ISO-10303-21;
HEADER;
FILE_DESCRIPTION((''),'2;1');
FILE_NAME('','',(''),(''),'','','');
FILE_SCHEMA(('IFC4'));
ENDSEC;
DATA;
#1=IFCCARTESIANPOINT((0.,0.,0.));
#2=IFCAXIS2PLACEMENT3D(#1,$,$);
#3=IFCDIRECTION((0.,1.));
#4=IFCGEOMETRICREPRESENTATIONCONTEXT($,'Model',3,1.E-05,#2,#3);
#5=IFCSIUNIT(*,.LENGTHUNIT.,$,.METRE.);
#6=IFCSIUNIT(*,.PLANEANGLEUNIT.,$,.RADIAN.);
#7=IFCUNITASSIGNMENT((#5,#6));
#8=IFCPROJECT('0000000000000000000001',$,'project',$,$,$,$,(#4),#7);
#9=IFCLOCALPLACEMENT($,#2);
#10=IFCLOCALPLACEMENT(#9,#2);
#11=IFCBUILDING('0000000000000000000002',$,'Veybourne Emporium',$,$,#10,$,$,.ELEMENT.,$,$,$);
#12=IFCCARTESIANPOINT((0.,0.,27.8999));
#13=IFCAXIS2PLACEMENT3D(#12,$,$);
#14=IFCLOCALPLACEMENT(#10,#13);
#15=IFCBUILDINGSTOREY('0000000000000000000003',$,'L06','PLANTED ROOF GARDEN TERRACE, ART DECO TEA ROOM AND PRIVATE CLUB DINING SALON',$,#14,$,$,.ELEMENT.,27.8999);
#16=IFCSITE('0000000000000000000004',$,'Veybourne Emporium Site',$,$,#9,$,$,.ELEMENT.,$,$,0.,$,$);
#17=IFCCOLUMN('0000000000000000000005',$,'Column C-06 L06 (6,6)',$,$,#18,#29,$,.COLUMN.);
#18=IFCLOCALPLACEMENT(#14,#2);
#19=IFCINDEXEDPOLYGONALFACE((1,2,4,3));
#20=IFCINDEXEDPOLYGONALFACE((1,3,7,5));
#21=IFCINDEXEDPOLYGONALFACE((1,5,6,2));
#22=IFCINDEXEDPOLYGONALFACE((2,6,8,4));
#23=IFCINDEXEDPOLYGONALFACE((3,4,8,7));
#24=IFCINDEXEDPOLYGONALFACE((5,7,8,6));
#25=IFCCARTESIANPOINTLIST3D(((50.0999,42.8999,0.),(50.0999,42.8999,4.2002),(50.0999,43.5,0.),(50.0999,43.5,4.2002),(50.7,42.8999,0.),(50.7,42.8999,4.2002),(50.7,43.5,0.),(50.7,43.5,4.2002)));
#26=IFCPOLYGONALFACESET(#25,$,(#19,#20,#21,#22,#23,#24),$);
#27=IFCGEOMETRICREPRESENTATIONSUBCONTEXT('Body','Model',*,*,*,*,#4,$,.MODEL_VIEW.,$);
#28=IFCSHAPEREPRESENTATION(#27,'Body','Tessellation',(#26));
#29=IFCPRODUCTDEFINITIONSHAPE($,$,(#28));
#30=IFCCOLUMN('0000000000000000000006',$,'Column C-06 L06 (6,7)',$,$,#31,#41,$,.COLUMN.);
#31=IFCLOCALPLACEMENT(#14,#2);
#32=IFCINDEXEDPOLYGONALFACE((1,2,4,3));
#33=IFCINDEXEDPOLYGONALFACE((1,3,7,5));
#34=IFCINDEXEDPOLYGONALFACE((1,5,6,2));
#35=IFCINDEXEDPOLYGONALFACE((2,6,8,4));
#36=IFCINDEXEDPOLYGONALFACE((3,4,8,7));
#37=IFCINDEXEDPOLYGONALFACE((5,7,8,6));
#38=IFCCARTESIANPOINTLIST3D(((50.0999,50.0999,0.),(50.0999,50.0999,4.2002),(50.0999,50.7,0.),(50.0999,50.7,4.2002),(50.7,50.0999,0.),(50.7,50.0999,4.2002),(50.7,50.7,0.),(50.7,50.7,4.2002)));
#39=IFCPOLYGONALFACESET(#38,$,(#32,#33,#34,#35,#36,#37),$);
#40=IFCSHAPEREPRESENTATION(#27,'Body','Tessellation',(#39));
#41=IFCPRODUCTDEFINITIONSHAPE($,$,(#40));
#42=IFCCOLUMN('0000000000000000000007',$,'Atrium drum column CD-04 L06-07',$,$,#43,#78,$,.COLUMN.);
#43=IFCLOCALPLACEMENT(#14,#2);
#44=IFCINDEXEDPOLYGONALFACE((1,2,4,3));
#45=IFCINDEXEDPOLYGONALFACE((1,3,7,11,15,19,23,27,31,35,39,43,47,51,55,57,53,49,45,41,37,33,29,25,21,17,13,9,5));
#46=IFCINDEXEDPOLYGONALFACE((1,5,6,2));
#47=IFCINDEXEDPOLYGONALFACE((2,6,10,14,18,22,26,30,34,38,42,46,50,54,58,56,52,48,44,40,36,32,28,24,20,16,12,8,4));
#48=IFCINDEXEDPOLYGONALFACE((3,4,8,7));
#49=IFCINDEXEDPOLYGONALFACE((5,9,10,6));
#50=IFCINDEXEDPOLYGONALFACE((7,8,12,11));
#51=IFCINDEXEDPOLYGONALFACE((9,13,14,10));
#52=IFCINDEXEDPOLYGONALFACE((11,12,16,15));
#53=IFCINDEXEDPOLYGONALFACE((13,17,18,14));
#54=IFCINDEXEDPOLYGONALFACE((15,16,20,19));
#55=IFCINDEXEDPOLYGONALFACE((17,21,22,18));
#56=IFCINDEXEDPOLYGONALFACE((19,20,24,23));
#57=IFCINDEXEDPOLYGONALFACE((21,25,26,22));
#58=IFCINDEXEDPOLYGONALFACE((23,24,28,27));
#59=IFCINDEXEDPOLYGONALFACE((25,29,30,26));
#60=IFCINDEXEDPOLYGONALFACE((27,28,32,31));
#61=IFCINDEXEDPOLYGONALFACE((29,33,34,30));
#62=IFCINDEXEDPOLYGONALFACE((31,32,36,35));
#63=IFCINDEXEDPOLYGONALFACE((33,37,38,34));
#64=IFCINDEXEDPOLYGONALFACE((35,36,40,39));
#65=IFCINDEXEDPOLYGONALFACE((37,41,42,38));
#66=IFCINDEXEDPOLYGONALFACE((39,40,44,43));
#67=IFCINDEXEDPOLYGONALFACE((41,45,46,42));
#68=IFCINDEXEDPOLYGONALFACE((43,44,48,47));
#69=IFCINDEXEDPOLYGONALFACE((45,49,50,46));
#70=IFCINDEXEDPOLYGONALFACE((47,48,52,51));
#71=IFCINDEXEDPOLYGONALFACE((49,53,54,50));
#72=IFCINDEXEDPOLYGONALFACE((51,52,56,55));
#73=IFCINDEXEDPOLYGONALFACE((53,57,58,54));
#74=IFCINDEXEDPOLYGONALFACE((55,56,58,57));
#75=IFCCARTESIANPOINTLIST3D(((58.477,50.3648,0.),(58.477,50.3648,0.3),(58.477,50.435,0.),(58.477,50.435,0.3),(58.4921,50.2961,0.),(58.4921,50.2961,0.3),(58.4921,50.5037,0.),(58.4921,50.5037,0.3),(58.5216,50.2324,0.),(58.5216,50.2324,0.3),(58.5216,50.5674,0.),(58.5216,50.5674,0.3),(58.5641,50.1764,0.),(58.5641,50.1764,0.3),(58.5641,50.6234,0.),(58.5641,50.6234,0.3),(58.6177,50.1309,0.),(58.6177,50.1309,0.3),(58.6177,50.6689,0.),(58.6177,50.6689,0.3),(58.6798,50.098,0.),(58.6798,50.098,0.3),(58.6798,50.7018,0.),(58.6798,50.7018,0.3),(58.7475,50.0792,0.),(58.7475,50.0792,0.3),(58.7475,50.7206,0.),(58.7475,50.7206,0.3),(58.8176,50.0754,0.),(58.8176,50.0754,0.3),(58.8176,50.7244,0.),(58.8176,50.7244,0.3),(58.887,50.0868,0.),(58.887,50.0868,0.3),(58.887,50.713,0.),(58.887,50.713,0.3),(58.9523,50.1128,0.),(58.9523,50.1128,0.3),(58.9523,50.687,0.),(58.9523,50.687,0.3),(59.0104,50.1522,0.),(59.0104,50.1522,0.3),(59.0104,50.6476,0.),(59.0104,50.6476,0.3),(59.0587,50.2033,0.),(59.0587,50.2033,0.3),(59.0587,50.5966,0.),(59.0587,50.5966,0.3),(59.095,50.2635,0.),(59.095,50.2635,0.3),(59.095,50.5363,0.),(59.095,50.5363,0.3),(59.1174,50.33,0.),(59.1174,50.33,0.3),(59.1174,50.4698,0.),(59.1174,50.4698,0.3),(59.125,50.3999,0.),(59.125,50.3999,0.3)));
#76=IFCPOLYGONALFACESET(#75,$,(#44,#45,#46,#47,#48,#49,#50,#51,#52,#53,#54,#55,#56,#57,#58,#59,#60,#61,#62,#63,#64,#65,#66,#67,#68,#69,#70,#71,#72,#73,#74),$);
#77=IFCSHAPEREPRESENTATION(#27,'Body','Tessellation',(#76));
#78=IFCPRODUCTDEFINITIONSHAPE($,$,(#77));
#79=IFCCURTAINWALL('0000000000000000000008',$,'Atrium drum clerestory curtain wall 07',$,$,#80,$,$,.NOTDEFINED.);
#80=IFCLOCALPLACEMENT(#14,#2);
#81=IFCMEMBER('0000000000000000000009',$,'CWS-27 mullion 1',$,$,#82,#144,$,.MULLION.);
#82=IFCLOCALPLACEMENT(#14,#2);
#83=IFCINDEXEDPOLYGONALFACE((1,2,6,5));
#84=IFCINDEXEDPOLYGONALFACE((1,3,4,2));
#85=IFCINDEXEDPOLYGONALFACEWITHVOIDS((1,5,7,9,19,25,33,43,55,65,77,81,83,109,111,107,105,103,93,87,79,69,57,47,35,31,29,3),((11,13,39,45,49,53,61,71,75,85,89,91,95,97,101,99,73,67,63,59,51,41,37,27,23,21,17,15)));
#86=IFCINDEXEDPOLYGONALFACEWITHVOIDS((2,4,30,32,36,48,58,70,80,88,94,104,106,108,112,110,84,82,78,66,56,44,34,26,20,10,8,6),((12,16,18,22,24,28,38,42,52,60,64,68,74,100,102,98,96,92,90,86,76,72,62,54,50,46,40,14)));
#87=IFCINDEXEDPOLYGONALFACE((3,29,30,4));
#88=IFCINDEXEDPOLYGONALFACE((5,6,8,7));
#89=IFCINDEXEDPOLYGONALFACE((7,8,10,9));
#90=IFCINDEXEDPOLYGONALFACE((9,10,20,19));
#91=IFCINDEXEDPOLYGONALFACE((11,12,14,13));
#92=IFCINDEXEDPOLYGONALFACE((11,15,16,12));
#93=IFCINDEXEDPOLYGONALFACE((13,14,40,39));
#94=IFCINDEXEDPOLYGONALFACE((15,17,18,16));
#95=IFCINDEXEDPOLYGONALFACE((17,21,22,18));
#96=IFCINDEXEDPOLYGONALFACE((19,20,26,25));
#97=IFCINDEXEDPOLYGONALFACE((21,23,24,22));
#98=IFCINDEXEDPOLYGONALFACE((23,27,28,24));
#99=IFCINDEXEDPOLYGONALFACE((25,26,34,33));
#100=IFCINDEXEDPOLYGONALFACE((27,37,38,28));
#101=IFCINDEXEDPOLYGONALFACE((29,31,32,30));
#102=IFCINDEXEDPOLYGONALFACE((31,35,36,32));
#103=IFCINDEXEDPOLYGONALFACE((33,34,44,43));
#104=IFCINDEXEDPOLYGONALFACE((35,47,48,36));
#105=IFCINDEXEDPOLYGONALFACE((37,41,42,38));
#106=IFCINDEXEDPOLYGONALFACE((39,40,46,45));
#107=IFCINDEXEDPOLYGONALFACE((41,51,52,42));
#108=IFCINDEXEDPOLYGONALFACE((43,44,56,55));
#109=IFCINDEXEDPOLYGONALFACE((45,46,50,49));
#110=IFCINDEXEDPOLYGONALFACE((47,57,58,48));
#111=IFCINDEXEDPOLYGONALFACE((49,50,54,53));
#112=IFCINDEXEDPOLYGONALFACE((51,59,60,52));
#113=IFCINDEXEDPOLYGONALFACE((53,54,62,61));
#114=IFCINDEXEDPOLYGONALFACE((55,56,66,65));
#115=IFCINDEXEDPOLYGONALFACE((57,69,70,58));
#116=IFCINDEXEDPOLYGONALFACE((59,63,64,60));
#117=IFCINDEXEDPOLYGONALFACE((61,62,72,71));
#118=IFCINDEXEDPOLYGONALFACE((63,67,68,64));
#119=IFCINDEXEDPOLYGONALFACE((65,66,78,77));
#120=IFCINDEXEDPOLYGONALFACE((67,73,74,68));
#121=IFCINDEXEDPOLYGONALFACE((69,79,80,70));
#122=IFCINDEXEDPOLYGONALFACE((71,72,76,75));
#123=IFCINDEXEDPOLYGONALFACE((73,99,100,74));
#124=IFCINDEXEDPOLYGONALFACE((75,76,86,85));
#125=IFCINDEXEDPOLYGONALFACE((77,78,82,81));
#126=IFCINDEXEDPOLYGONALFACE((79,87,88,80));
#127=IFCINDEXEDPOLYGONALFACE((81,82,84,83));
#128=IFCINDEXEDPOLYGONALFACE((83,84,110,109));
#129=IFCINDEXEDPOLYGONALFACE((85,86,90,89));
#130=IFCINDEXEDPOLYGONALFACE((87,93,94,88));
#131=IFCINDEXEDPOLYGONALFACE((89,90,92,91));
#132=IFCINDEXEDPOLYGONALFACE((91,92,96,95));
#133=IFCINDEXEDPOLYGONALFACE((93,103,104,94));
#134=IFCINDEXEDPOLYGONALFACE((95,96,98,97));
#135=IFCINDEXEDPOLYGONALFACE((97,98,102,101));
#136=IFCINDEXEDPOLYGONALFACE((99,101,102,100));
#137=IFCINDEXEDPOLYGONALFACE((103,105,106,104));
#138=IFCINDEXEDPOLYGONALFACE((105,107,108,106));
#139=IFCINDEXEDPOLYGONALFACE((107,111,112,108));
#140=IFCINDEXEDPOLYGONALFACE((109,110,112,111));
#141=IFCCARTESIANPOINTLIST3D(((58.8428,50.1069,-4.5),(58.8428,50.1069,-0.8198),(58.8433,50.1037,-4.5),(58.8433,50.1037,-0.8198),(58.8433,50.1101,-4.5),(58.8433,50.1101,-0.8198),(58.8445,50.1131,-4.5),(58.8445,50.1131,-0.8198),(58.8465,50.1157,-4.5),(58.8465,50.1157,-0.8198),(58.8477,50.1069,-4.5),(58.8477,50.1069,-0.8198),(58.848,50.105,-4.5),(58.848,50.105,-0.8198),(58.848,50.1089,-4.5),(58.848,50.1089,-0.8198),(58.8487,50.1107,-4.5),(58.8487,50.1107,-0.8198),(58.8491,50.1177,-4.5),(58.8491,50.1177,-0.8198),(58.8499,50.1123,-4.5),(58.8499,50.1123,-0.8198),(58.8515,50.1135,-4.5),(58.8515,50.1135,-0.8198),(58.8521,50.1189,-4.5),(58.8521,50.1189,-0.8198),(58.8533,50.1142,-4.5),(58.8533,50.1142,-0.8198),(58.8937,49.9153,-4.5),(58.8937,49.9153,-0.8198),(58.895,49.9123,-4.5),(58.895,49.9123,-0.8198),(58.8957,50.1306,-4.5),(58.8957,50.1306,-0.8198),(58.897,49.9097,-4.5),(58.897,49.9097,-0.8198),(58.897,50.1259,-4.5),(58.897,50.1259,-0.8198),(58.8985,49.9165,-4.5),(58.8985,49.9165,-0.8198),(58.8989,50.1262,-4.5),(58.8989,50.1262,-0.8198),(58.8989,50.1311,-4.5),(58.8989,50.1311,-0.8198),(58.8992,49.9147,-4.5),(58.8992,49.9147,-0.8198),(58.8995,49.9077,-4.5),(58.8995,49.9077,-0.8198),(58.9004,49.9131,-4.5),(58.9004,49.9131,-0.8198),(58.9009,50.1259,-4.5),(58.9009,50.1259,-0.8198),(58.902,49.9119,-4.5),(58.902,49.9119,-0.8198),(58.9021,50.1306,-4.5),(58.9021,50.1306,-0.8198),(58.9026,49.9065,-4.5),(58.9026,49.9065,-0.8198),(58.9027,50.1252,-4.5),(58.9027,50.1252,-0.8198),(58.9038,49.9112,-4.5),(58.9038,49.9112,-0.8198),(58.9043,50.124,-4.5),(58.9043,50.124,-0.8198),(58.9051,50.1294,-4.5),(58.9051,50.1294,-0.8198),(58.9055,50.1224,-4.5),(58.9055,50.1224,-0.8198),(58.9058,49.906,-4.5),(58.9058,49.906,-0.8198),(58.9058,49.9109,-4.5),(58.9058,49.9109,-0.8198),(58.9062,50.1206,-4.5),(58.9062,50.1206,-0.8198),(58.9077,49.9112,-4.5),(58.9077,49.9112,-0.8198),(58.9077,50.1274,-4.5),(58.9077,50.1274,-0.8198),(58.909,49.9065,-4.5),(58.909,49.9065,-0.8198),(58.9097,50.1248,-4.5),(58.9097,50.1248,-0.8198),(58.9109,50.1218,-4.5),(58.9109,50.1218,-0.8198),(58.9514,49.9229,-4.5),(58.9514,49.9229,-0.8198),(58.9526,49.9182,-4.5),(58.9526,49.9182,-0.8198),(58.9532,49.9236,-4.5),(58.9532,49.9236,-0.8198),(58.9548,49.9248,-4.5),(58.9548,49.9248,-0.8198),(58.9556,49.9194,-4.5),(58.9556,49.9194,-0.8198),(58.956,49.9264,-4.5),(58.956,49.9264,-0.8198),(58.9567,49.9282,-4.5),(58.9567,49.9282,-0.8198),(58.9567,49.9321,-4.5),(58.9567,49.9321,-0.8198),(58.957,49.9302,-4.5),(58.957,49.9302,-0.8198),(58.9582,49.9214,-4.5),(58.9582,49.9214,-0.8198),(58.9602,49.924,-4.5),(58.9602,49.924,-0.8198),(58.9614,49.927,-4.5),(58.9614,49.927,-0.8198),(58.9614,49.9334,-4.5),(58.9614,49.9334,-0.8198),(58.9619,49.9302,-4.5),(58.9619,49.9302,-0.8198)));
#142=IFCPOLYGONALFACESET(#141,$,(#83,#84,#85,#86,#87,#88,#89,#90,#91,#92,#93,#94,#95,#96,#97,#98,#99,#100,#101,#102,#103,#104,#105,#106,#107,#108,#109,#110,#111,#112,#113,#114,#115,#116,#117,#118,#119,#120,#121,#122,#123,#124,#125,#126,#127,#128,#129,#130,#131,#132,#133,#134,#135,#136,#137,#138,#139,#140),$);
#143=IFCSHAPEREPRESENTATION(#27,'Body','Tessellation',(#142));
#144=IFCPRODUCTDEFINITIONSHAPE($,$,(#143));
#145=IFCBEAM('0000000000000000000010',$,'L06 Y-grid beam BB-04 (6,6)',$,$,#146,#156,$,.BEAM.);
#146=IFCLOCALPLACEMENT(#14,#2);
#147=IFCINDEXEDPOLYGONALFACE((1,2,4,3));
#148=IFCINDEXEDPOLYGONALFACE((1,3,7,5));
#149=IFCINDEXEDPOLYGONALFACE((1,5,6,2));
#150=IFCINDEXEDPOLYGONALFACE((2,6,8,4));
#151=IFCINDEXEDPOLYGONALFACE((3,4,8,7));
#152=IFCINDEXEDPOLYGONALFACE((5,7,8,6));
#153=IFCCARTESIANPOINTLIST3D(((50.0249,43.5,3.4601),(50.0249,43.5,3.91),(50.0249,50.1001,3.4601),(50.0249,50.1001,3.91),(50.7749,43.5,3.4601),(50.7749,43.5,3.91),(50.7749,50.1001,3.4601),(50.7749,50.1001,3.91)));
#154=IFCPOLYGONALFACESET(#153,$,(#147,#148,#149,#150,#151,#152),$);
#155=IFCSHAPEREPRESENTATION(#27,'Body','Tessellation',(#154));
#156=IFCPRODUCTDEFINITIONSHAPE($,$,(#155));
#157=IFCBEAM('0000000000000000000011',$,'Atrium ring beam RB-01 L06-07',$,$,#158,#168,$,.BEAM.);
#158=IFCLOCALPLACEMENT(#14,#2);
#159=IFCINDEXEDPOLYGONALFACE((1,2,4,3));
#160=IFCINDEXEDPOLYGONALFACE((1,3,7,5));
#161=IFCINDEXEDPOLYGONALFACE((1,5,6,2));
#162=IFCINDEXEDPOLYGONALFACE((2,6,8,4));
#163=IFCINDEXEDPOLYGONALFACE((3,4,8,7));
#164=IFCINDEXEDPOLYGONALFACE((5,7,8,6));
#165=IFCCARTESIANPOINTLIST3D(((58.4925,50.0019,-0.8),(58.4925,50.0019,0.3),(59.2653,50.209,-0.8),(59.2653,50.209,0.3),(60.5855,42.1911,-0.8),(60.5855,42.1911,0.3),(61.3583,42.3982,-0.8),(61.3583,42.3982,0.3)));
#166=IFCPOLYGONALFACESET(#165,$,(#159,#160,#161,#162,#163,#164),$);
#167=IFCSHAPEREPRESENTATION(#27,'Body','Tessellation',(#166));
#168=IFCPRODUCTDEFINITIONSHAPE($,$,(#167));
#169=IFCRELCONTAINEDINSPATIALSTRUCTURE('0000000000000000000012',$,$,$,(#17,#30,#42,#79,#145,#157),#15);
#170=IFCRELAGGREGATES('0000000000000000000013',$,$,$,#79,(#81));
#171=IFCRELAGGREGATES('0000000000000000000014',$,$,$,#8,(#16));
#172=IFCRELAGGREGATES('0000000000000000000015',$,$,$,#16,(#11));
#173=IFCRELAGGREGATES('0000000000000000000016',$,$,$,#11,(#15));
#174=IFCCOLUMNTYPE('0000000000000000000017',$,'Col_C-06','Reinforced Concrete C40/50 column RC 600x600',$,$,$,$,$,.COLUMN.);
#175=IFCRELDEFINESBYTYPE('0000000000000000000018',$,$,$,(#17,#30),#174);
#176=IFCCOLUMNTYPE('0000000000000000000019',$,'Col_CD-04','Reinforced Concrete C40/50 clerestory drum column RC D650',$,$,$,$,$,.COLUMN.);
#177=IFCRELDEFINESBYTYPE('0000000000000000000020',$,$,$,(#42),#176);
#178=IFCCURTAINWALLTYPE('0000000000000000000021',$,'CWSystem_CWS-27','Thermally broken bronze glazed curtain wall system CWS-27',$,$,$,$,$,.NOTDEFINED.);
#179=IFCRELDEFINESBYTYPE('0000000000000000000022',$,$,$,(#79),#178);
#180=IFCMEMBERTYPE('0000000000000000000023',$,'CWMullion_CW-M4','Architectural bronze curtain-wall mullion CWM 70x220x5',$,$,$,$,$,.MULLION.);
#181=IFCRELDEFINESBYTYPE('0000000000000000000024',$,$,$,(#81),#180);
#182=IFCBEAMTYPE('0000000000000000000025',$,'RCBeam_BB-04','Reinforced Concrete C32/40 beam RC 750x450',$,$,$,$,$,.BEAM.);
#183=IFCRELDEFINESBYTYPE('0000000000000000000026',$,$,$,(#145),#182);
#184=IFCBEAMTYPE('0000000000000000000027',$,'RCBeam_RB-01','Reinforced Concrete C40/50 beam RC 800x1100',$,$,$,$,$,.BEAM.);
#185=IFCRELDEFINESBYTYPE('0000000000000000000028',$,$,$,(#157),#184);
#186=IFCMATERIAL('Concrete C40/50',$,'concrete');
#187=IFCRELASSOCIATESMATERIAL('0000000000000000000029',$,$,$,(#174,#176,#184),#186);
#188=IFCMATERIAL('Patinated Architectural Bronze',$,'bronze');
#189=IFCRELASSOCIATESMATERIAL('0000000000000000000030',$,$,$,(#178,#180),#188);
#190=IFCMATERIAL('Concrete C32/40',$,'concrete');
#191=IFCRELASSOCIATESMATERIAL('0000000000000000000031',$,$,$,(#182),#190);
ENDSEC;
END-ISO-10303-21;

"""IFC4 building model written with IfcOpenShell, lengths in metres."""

from ifc_helpers import new_model, si_unit, direction, frame, origin, origin_2d, place, context, subcontext, project, spatial, rectangle, hollow_rectangle, circle, extrude, material, material_profile, profile_set, type_object, element, aggregate, save


model = new_model("IFC4")

# Units and contexts
model_context = context("Model", 3, precision=1e-05, world=origin(), true_north=direction((0.0, 1.0)))
body_context = subcontext(model_context, "Body", "Model", "MODEL_VIEW")
ifc_project = project(units=[si_unit("LENGTHUNIT", "METRE"), si_unit("PLANEANGLEUNIT", "RADIAN")], contexts=[model_context])

# Site, building, storey
site_placement = place(None, origin())
site = spatial("IfcSite", under=ifc_project, at=site_placement, Name="Veybourne Emporium Site", CompositionType="ELEMENT", RefElevation=0.0)
building_placement = place(site_placement, origin())
building = spatial("IfcBuilding", under=site, at=building_placement, Name="Veybourne Emporium", CompositionType="ELEMENT")
storey_placement = place(building_placement, frame((0.0, 0.0, 27.8999)))
storey = spatial("IfcBuildingStorey", under=building, at=storey_placement, Name="L06", Description="PLANTED ROOF GARDEN TERRACE, ART DECO TEA ROOM AND PRIVATE CLUB DINING SALON", CompositionType="ELEMENT", Elevation=27.8999)

# Columns
ifc_material_1 = material(Name="Concrete C40/50", Category="concrete")
ifc_material_profile_1 = material_profile(ifc_material_1, rectangle(XDim=0.6001, YDim=0.6001, at=origin_2d()), Name="RC 600x600")
ifc_profile_set_1 = profile_set([ifc_material_profile_1], Name="Concrete C40/50")
column_type_1 = type_object("IfcColumnType", Name="Col_C-06", Description="Reinforced Concrete C40/50 column RC 600x600", PredefinedType="COLUMN", material=ifc_profile_set_1)
for number, where, z_axis, x_axis, name in (
    (1, (50.3999, 43.2, 0.0), (0.0, 0.0, 1.0), (1.0, 0.0, 0.0), "Column C-06 L06 (6,6)"),
    (2, (50.3999, 50.3999, 0.0), (0.0, 0.0, 1.0), (1.0, 0.0, 0.0), "Column C-06 L06 (6,7)"),
):
    element("IfcColumn", number, at=place(storey_placement, frame(where, z_axis=z_axis, x_axis=x_axis)), inside=storey, type_object=column_type_1, Name=name, PredefinedType="COLUMN", context=body_context, shape_type="SweptSolid", body=[
        extrude(rectangle(XDim=0.6001, YDim=0.6001, at=origin_2d()), origin(), (0.0, 0.0, 1.0), 4.2002),
    ])
ifc_material_profile_2 = material_profile(ifc_material_1, circle(Radius=0.325, at=origin_2d()), Name="RC D650")
ifc_profile_set_2 = profile_set([ifc_material_profile_2], Name="Concrete C40/50")
column_type_2 = type_object("IfcColumnType", Name="Col_CD-04", Description="Reinforced Concrete C40/50 clerestory drum column RC D650", PredefinedType="COLUMN", material=ifc_profile_set_2)
column_placement = place(storey_placement, frame((58.8, 50.3999, 0.0), z_axis=(0.0, 0.0, 1.0), x_axis=(1.0, 0.0, 0.0)))
element("IfcColumn", 3, at=column_placement, inside=storey, type_object=column_type_2, Name="Atrium drum column CD-04 L06-07", PredefinedType="COLUMN", context=body_context, shape_type="SweptSolid", body=[
    extrude(circle(Radius=0.325, at=origin_2d()), origin(), (0.0, 0.0, 1.0), 0.3),
])

# Curtain wall, member
ifc_material_2 = material(Name="Patinated Architectural Bronze", Category="bronze")
curtain_wall_type = type_object("IfcCurtainWallType", Name="CWSystem_CWS-27", Description="Thermally broken bronze glazed curtain wall system CWS-27", PredefinedType="NOTDEFINED", material=ifc_material_2)
curtain_wall_placement = place(storey_placement, origin())
curtain_wall = element("IfcCurtainWall", 4, at=curtain_wall_placement, inside=storey, type_object=curtain_wall_type, Name="Atrium drum clerestory curtain wall 07", PredefinedType="NOTDEFINED")
ifc_material_profile_3 = material_profile(ifc_material_2, hollow_rectangle(XDim=0.0701, YDim=0.22, WallThickness=0.0049, InnerFilletRadius=0.0076, OuterFilletRadius=0.0125, at=origin_2d()), Name="CWM 70x220x5")
ifc_profile_set_3 = profile_set([ifc_material_profile_3], Name="Patinated Architectural Bronze")
member_type_1 = type_object("IfcMemberType", Name="CWMullion_CW-M4", Description="Architectural bronze curtain-wall mullion CWM 70x220x5", PredefinedType="MULLION", material=ifc_profile_set_3)
member_1_placement = place(storey_placement, frame((58.9023, 50.0186, -4.5), z_axis=(0.0, 0.0, 1.0), x_axis=(0.965926, 0.25882, 0.0)))
member_1 = element("IfcMember", 5, at=member_1_placement, type_object=member_type_1, Name="CWS-27 mullion 1", PredefinedType="MULLION", context=body_context, shape_type="SweptSolid", body=[
    extrude(hollow_rectangle(XDim=0.0701, YDim=0.22, WallThickness=0.0049, InnerFilletRadius=0.0076, OuterFilletRadius=0.0125, at=origin_2d()), origin(), (0.0, 0.0, 1.0), 3.6802),
])
aggregate(curtain_wall, [member_1])

# Beams
ifc_material_3 = material(Name="Concrete C32/40", Category="concrete")
ifc_material_profile_4 = material_profile(ifc_material_3, rectangle(XDim=0.75, YDim=0.45, at=origin_2d()), Name="RC 750x450")
ifc_profile_set_4 = profile_set([ifc_material_profile_4], Name="Concrete C32/40")
beam_type_1 = type_object("IfcBeamType", Name="RCBeam_BB-04", Description="Reinforced Concrete C32/40 beam RC 750x450", PredefinedType="BEAM", material=ifc_profile_set_4)
beam_1_placement = place(storey_placement, frame((50.3999, 43.5, 3.6851), z_axis=(0.0, 1.0, 0.0), x_axis=(-1.0, 0.0, 0.0)))
element("IfcBeam", 6, at=beam_1_placement, inside=storey, type_object=beam_type_1, Name="L06 Y-grid beam BB-04 (6,6)", PredefinedType="BEAM", context=body_context, shape_type="SweptSolid", body=[
    extrude(rectangle(XDim=0.75, YDim=0.45, at=origin_2d()), origin(), (0.0, 0.0, 1.0), 6.6001),
])
ifc_material_profile_5 = material_profile(ifc_material_1, rectangle(XDim=0.8, YDim=1.1001, at=origin_2d()), Name="RC 800x1100")
ifc_profile_set_5 = profile_set([ifc_material_profile_5], Name="Concrete C40/50")
beam_type_2 = type_object("IfcBeamType", Name="RCBeam_RB-01", Description="Reinforced Concrete C40/50 beam RC 800x1100", PredefinedType="BEAM", material=ifc_profile_set_5)
beam_2_placement = place(storey_placement, frame((58.8789, 50.1055, -0.25), z_axis=(0.258833, -0.965922, 0.0), x_axis=(0.965922, 0.258833, 0.0)))
element("IfcBeam", 7, at=beam_2_placement, inside=storey, type_object=beam_type_2, Name="Atrium ring beam RB-01 L06-07", PredefinedType="BEAM", context=body_context, shape_type="SweptSolid", body=[
    extrude(rectangle(XDim=0.8, YDim=1.1001, at=origin_2d()), origin(), (0.0, 0.0, 1.0), 8.0864),
])

save(model, "model.ifc")
